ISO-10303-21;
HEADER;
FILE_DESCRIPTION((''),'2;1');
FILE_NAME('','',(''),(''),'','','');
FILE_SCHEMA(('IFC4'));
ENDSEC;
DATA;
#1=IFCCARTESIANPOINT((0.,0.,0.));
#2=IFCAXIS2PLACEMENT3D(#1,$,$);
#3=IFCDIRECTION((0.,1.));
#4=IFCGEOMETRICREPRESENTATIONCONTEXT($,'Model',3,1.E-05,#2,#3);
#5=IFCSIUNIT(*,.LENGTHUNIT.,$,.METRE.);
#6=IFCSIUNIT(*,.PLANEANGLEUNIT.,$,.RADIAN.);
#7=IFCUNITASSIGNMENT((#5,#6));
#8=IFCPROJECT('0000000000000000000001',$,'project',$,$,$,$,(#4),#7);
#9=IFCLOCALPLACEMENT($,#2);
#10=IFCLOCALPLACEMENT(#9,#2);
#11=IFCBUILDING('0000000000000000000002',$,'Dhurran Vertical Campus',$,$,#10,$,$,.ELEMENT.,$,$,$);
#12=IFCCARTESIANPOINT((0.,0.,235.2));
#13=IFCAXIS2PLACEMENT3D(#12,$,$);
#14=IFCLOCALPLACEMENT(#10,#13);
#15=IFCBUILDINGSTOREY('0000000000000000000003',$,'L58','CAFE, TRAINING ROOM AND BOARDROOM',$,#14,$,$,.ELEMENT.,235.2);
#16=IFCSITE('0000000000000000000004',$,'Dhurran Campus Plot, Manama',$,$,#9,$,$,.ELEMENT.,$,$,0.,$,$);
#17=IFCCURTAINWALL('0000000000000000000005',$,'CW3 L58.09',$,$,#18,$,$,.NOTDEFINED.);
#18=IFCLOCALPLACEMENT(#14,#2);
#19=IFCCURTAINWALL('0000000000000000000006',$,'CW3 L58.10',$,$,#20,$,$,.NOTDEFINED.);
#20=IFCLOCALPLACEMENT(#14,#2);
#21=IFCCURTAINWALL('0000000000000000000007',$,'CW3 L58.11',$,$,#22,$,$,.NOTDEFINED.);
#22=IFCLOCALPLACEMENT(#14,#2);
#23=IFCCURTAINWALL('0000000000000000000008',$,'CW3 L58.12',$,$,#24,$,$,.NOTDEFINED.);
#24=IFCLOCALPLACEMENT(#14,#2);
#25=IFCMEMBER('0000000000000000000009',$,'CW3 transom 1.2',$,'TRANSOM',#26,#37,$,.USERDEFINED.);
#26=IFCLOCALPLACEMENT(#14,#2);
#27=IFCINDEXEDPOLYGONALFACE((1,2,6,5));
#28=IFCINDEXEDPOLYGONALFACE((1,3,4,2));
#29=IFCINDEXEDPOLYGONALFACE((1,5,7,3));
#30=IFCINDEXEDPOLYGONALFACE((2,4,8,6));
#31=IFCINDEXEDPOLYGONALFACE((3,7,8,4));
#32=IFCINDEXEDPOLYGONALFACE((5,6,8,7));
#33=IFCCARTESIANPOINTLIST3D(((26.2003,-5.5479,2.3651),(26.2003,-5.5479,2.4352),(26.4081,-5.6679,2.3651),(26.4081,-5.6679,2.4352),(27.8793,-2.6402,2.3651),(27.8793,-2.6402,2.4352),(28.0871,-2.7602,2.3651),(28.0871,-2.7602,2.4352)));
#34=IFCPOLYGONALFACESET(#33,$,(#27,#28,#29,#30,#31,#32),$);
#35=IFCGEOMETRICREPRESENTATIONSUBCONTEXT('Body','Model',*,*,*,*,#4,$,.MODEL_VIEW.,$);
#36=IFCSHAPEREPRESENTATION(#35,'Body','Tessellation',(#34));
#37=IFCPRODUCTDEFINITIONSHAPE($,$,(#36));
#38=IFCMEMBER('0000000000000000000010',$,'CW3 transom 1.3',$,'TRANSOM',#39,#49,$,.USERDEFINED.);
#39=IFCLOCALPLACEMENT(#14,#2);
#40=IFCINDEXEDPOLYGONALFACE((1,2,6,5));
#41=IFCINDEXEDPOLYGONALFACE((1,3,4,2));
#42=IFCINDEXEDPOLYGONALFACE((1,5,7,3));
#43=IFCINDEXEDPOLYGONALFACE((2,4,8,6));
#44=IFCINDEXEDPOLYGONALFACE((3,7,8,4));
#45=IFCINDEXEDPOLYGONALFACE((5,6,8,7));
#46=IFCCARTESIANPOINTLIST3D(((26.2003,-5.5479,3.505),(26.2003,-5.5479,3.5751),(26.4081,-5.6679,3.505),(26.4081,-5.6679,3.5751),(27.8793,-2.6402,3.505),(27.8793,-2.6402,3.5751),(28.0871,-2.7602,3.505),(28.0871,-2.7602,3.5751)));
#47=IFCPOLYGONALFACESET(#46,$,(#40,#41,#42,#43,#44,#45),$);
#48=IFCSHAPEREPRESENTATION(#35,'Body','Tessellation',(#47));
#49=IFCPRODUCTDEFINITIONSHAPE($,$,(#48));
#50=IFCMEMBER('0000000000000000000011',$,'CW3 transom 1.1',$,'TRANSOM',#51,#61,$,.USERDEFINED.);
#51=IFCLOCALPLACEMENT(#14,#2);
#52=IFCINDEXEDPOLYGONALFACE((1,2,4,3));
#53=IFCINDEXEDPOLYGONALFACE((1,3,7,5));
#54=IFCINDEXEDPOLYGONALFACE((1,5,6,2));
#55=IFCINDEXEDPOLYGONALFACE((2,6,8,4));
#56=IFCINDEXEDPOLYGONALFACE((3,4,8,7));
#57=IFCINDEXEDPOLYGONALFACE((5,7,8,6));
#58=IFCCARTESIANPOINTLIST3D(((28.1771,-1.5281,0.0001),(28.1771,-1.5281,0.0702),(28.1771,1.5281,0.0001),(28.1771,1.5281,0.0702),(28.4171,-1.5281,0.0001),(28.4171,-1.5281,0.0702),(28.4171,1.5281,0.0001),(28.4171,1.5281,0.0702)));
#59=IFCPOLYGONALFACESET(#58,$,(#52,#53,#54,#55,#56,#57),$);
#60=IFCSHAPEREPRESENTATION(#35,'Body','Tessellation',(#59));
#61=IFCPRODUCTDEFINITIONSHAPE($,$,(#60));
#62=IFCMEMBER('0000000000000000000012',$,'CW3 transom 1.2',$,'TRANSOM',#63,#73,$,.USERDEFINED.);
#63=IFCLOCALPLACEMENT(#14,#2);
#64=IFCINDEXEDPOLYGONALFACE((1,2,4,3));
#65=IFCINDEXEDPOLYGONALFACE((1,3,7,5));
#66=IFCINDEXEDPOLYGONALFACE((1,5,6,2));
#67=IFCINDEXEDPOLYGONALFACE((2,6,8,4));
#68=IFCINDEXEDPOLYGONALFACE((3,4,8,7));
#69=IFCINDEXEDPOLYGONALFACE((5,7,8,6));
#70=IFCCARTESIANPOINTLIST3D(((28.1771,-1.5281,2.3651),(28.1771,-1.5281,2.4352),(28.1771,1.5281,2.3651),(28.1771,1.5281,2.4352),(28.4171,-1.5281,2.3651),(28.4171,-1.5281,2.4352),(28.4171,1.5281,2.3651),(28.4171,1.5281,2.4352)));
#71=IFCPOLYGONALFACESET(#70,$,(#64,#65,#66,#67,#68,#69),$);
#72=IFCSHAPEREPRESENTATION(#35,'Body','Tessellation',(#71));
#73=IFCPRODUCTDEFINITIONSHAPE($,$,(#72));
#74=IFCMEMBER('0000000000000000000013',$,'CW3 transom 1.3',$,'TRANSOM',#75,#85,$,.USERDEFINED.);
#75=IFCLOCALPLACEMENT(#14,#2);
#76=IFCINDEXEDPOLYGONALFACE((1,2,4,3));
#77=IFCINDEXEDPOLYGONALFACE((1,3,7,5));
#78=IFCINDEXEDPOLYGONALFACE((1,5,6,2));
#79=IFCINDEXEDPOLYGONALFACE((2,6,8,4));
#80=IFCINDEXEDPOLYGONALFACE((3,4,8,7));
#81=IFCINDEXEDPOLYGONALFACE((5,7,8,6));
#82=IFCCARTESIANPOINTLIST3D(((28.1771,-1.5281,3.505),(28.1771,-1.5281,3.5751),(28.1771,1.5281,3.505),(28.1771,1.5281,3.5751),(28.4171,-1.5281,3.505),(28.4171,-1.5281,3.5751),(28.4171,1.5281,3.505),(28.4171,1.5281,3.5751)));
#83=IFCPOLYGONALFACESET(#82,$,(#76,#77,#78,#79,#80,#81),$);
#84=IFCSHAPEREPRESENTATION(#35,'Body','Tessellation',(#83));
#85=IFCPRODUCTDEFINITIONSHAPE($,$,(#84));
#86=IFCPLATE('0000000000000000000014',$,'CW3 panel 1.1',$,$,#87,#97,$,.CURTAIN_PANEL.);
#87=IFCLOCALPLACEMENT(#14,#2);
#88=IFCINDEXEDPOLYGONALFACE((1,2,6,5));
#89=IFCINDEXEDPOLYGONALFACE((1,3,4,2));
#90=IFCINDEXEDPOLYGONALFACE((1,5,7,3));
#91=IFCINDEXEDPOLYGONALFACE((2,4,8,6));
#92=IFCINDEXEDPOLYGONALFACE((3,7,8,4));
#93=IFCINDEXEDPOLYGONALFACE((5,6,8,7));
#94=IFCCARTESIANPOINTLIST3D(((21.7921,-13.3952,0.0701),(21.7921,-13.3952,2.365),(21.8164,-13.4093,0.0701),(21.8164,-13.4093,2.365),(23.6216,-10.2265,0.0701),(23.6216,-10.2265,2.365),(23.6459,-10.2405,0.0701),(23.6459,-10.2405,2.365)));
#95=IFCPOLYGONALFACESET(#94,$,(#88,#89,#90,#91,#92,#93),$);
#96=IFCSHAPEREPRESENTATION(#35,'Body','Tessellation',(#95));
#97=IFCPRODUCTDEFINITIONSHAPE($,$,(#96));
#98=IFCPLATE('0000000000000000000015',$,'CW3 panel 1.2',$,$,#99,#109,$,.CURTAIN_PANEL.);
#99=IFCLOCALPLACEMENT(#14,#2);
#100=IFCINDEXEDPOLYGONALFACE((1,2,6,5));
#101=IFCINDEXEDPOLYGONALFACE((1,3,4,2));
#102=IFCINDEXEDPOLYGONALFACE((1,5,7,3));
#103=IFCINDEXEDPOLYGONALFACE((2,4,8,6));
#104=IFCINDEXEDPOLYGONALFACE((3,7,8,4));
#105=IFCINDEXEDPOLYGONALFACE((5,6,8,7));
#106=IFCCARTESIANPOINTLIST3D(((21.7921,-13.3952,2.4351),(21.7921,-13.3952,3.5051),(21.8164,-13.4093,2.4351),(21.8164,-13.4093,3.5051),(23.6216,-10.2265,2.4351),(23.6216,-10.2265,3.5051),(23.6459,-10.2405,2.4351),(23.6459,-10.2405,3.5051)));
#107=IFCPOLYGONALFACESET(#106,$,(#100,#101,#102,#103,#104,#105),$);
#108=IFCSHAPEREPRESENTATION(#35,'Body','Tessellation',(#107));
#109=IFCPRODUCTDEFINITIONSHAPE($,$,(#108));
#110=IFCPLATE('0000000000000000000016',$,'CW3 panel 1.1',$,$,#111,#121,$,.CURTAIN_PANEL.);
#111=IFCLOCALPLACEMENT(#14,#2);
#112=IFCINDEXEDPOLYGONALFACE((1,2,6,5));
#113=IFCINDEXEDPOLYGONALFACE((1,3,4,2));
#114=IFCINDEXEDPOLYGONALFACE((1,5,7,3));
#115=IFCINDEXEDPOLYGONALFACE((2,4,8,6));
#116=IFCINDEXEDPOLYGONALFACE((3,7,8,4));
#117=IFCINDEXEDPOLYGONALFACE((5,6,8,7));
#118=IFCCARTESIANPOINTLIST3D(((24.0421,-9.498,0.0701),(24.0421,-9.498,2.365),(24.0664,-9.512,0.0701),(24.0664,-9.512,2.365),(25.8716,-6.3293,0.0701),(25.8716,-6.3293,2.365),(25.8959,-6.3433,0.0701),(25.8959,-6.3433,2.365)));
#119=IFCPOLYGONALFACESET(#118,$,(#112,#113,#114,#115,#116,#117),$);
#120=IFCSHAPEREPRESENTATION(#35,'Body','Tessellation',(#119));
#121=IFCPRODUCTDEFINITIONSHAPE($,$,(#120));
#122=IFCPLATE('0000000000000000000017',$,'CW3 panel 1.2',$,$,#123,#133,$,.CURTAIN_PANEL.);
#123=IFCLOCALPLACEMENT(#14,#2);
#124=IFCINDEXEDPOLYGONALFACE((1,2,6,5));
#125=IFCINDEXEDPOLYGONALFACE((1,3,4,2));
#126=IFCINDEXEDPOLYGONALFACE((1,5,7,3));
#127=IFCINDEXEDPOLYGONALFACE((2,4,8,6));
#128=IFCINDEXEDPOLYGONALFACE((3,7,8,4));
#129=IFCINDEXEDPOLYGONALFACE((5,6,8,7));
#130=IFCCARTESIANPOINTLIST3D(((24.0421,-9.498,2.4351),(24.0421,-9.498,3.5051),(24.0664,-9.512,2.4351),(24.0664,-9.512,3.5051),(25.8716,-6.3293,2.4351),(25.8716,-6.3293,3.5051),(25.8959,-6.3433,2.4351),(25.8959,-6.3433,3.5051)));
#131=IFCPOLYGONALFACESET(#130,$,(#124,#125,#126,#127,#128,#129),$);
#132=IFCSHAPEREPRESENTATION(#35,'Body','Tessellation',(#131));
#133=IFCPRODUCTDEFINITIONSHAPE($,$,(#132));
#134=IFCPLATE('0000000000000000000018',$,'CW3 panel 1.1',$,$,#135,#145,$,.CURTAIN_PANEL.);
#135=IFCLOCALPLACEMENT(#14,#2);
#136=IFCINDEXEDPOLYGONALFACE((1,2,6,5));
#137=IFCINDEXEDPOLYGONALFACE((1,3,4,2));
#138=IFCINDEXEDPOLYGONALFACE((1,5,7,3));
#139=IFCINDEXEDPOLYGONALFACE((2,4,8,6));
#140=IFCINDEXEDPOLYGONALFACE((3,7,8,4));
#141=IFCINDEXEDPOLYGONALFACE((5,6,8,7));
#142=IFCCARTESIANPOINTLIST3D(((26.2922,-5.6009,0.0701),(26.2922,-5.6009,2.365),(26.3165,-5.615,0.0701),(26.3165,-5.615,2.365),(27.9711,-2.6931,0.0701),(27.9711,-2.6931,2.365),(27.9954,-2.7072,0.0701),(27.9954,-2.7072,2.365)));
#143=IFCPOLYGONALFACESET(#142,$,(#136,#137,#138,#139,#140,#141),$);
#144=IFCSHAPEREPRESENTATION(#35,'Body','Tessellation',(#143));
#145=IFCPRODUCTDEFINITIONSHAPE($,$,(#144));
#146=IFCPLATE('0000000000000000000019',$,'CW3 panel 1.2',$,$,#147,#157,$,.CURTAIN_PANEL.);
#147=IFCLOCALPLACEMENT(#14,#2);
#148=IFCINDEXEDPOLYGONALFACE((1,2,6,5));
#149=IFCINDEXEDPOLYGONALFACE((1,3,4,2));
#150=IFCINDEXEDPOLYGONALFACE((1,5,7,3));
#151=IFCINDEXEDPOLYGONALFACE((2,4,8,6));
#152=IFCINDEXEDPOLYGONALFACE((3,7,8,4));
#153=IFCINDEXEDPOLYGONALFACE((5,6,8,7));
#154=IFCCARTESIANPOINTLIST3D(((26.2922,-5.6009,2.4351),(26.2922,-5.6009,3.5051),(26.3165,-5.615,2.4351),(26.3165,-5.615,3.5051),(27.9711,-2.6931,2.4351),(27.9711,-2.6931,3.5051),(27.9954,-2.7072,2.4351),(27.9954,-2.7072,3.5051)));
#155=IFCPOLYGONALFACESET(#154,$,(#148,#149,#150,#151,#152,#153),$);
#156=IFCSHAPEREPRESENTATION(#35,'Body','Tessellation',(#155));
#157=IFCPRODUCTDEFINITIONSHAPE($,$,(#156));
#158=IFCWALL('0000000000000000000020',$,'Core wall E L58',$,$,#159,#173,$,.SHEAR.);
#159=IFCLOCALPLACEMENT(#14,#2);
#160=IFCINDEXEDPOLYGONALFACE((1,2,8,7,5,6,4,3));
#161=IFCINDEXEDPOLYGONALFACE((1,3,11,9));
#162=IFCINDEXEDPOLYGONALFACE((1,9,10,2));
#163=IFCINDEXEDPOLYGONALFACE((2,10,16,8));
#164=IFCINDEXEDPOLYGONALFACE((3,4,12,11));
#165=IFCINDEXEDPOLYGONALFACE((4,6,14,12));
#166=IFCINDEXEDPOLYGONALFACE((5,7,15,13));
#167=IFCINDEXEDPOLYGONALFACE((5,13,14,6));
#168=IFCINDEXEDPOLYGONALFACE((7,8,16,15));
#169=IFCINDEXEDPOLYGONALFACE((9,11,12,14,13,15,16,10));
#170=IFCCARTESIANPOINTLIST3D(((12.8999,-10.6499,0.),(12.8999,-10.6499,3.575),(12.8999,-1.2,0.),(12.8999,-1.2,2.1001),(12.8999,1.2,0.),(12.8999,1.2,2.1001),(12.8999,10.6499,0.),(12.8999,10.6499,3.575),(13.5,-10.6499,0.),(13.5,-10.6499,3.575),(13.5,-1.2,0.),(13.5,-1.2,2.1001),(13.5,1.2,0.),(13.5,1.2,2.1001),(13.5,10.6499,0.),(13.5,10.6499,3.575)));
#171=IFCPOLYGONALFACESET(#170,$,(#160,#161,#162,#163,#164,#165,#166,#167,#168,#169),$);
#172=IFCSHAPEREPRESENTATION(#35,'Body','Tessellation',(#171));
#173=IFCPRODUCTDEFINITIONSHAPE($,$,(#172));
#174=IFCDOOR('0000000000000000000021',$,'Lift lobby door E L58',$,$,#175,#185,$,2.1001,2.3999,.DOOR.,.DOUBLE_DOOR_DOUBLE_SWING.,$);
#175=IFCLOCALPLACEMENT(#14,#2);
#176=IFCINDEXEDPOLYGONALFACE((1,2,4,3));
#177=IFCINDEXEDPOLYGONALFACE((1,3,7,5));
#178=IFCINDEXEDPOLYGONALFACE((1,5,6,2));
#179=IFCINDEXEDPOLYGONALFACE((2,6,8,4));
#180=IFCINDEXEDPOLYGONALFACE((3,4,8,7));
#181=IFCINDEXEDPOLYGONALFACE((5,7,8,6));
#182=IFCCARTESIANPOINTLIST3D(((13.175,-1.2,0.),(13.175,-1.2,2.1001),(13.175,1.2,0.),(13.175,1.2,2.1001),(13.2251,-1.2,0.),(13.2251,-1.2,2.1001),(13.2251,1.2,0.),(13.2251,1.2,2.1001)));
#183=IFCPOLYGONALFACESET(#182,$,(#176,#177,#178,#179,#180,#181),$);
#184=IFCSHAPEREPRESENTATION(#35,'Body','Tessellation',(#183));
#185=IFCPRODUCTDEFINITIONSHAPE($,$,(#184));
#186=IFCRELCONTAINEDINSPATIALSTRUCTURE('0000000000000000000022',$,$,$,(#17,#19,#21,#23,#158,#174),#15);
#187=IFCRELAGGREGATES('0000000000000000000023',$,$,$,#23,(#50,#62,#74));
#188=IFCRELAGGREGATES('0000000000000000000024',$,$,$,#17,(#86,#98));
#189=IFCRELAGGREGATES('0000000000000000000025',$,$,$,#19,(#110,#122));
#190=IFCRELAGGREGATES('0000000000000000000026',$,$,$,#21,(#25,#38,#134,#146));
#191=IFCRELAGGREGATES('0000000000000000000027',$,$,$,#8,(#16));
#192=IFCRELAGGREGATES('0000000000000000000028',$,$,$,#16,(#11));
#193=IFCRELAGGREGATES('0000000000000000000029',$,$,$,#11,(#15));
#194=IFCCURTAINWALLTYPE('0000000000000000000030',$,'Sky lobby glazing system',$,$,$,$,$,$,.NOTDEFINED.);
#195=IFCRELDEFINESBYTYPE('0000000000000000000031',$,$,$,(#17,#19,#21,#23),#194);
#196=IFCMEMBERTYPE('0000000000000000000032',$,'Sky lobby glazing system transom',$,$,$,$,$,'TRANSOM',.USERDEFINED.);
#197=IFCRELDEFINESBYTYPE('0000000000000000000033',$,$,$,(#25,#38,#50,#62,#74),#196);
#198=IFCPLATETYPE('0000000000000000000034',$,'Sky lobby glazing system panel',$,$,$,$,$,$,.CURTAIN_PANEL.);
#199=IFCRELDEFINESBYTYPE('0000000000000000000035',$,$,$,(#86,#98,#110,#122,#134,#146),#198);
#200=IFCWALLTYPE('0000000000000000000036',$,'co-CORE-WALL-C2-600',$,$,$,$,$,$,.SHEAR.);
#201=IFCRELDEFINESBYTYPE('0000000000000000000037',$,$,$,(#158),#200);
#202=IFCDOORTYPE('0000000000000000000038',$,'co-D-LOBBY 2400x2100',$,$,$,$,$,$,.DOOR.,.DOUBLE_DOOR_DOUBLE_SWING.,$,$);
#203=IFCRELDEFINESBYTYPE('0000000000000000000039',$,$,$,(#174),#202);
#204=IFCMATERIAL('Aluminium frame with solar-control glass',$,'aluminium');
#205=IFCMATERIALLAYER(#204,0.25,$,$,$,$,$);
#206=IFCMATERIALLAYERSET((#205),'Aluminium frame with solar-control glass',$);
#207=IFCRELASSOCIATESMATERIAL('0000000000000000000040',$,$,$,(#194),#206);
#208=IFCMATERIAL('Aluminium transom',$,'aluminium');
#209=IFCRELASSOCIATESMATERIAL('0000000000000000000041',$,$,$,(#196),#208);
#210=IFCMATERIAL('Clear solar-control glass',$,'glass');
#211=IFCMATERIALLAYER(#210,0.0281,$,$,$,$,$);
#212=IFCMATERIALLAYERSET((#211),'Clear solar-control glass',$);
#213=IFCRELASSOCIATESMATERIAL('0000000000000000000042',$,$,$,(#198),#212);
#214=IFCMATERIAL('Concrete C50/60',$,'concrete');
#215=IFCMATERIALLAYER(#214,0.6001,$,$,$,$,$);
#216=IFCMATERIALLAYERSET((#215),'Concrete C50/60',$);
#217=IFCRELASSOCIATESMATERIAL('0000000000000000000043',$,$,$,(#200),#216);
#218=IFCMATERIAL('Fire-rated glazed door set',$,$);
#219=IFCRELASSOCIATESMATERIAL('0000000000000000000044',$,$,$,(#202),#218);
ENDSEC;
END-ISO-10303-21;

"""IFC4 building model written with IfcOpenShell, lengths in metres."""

from ifc_helpers import new_model, si_unit, direction, frame, frame_2d, origin, origin_2d, place, context, subcontext, project, spatial, rectangle, extrude, material, layer, layer_set, material_profile, profile_set, type_object, element, fill, aggregate, save


model = new_model("IFC4")

# Units and contexts
model_context = context("Model", 3, precision=1e-05, world=origin(), true_north=direction((0.0, 1.0)))
body_context = subcontext(model_context, "Body", "Model", "MODEL_VIEW")
ifc_project = project(units=[si_unit("LENGTHUNIT", "METRE"), si_unit("PLANEANGLEUNIT", "RADIAN")], contexts=[model_context])

# Site, building, storey
site_placement = place(None, origin())
site = spatial("IfcSite", under=ifc_project, at=site_placement, Name="Dhurran Campus Plot, Manama", CompositionType="ELEMENT", RefElevation=0.0)
building_placement = place(site_placement, origin())
building = spatial("IfcBuilding", under=site, at=building_placement, Name="Dhurran Vertical Campus", CompositionType="ELEMENT")
storey_placement = place(building_placement, frame((0.0, 0.0, 235.2)))
storey = spatial("IfcBuildingStorey", under=building, at=storey_placement, Name="L58", Description="CAFE, TRAINING ROOM AND BOARDROOM", CompositionType="ELEMENT", Elevation=235.2)

# Curtain wall
ifc_material_1 = material(Name="Aluminium frame with solar-control glass", Category="aluminium")
ifc_layer_1 = layer(ifc_material_1, 0.25)
ifc_layer_set_1 = layer_set([ifc_layer_1], Name="Aluminium frame with solar-control glass")
curtain_wall_type = type_object("IfcCurtainWallType", Name="Sky lobby glazing system", PredefinedType="NOTDEFINED", material=ifc_layer_set_1)
curtain_wall_1_placement = place(storey_placement, origin())
curtain_wall_1 = element("IfcCurtainWall", 1, at=curtain_wall_1_placement, inside=storey, type_object=curtain_wall_type, Name="CW3 L58.09", PredefinedType="NOTDEFINED")

# Curtain walls
curtain_wall_2_placement = place(storey_placement, origin())
curtain_wall_2 = element("IfcCurtainWall", 2, at=curtain_wall_2_placement, inside=storey, type_object=curtain_wall_type, Name="CW3 L58.10", PredefinedType="NOTDEFINED")
curtain_wall_3_placement = place(storey_placement, origin())
curtain_wall_3 = element("IfcCurtainWall", 3, at=curtain_wall_3_placement, inside=storey, type_object=curtain_wall_type, Name="CW3 L58.11", PredefinedType="NOTDEFINED")

# Curtain wall
curtain_wall_4_placement = place(storey_placement, origin())
curtain_wall_4 = element("IfcCurtainWall", 4, at=curtain_wall_4_placement, inside=storey, type_object=curtain_wall_type, Name="CW3 L58.12", PredefinedType="NOTDEFINED")

# Members
ifc_material_2 = material(Name="Aluminium transom", Category="aluminium")
ifc_material_profile_1 = material_profile(ifc_material_2, rectangle(XDim=0.24, YDim=0.0701, at=origin_2d()), Name="Sky lobby glazing system transom")
ifc_profile_set_1 = profile_set([ifc_material_profile_1], Name="Aluminium transom")
member_type_1 = type_object("IfcMemberType", Name="Sky lobby glazing system transom", ElementType="TRANSOM", PredefinedType="USERDEFINED", material=ifc_profile_set_1)
member_1_placement = place(storey_placement, frame((26.3042, -5.6079, 2.4001), z_axis=(0.500041, 0.866002, 0.0), x_axis=(-0.866002, 0.500041, 0.0)))
member_1 = element("IfcMember", 5, at=member_1_placement, type_object=member_type_1, Name="CW3 transom 1.2", ObjectType="TRANSOM", PredefinedType="USERDEFINED", context=body_context, shape_type="SweptSolid", body=[
    extrude(rectangle(XDim=0.24, YDim=0.0701, at=origin_2d()), origin(), (0.0, 0.0, 1.0), 3.3577),
])
member_2_placement = place(storey_placement, frame((26.3042, -5.6079, 3.54), z_axis=(0.500041, 0.866002, 0.0), x_axis=(-0.866002, 0.500041, 0.0)))
member_2 = element("IfcMember", 6, at=member_2_placement, type_object=member_type_1, Name="CW3 transom 1.3", ObjectType="TRANSOM", PredefinedType="USERDEFINED", context=body_context, shape_type="SweptSolid", body=[
    extrude(rectangle(XDim=0.24, YDim=0.0701, at=origin_2d()), origin(), (0.0, 0.0, 1.0), 3.3577),
])
member_3_placement = place(storey_placement, frame((28.2971, -1.5281, 0.0352), z_axis=(0.0, 1.0, 0.0), x_axis=(-1.0, 0.0, 0.0)))
member_3 = element("IfcMember", 7, at=member_3_placement, type_object=member_type_1, Name="CW3 transom 1.1", ObjectType="TRANSOM", PredefinedType="USERDEFINED", context=body_context, shape_type="SweptSolid", body=[
    extrude(rectangle(XDim=0.24, YDim=0.0701, at=origin_2d()), origin(), (0.0, 0.0, 1.0), 3.0562),
])
member_4_placement = place(storey_placement, frame((28.2971, -1.5281, 2.4001), z_axis=(0.0, 1.0, 0.0), x_axis=(-1.0, 0.0, 0.0)))
member_4 = element("IfcMember", 8, at=member_4_placement, type_object=member_type_1, Name="CW3 transom 1.2", ObjectType="TRANSOM", PredefinedType="USERDEFINED", context=body_context, shape_type="SweptSolid", body=[
    extrude(rectangle(XDim=0.24, YDim=0.0701, at=origin_2d()), origin(), (0.0, 0.0, 1.0), 3.0562),
])
member_5_placement = place(storey_placement, frame((28.2971, -1.5281, 3.54), z_axis=(0.0, 1.0, 0.0), x_axis=(-1.0, 0.0, 0.0)))
member_5 = element("IfcMember", 9, at=member_5_placement, type_object=member_type_1, Name="CW3 transom 1.3", ObjectType="TRANSOM", PredefinedType="USERDEFINED", context=body_context, shape_type="SweptSolid", body=[
    extrude(rectangle(XDim=0.24, YDim=0.0701, at=origin_2d()), origin(), (0.0, 0.0, 1.0), 3.0562),
])
aggregate(curtain_wall_4, [member_3, member_4, member_5])

# Plates
ifc_material_3 = material(Name="Clear solar-control glass", Category="glass")
ifc_layer_2 = layer(ifc_material_3, 0.0281)
ifc_layer_set_2 = layer_set([ifc_layer_2], Name="Clear solar-control glass")
plate_type = type_object("IfcPlateType", Name="Sky lobby glazing system panel", PredefinedType="CURTAIN_PANEL", material=ifc_layer_set_2)
plate_1_placement = place(storey_placement, frame((22.719, -11.8179, 0.0701), z_axis=(0.0, 0.0, 1.0), x_axis=(0.500003, 0.866023, 0.0)))
plate_1 = element("IfcPlate", 10, at=plate_1_placement, type_object=plate_type, Name="CW3 panel 1.1", PredefinedType="CURTAIN_PANEL", context=body_context, shape_type="SweptSolid", body=[
    extrude(rectangle(XDim=3.6589, YDim=0.0281, at=origin_2d()), origin(), (0.0, 0.0, 1.0), 2.2949),
])
plate_2_placement = place(storey_placement, frame((22.719, -11.8179, 2.4351), z_axis=(0.0, 0.0, 1.0), x_axis=(0.500003, 0.866023, 0.0)))
plate_2 = element("IfcPlate", 11, at=plate_2_placement, type_object=plate_type, Name="CW3 panel 1.2", PredefinedType="CURTAIN_PANEL", context=body_context, shape_type="SweptSolid", body=[
    extrude(rectangle(XDim=3.6589, YDim=0.0281, at=origin_2d()), origin(), (0.0, 0.0, 1.0), 1.0701),
])
aggregate(curtain_wall_1, [plate_1, plate_2])
plate_3_placement = place(storey_placement, frame((24.969, -7.9207, 0.0701), z_axis=(0.0, 0.0, 1.0), x_axis=(0.500003, 0.866023, 0.0)))
plate_3 = element("IfcPlate", 12, at=plate_3_placement, type_object=plate_type, Name="CW3 panel 1.1", PredefinedType="CURTAIN_PANEL", context=body_context, shape_type="SweptSolid", body=[
    extrude(rectangle(XDim=3.6589, YDim=0.0281, at=origin_2d()), origin(), (0.0, 0.0, 1.0), 2.2949),
])
plate_4_placement = place(storey_placement, frame((24.969, -7.9207, 2.4351), z_axis=(0.0, 0.0, 1.0), x_axis=(0.500003, 0.866023, 0.0)))
plate_4 = element("IfcPlate", 13, at=plate_4_placement, type_object=plate_type, Name="CW3 panel 1.2", PredefinedType="CURTAIN_PANEL", context=body_context, shape_type="SweptSolid", body=[
    extrude(rectangle(XDim=3.6589, YDim=0.0281, at=origin_2d()), origin(), (0.0, 0.0, 1.0), 1.0701),
])
aggregate(curtain_wall_2, [plate_3, plate_4])
plate_5_placement = place(storey_placement, frame((27.1438, -4.1541, 0.0701), z_axis=(0.0, 0.0, 1.0), x_axis=(0.500001, 0.866025, 0.0)))
plate_5 = element("IfcPlate", 14, at=plate_5_placement, type_object=plate_type, Name="CW3 panel 1.1", PredefinedType="CURTAIN_PANEL", context=body_context, shape_type="SweptSolid", body=[
    extrude(rectangle(XDim=3.3577, YDim=0.0281, at=origin_2d()), origin(), (0.0, 0.0, 1.0), 2.2949),
])
plate_6_placement = place(storey_placement, frame((27.1438, -4.1541, 2.4351), z_axis=(0.0, 0.0, 1.0), x_axis=(0.500001, 0.866025, 0.0)))
plate_6 = element("IfcPlate", 15, at=plate_6_placement, type_object=plate_type, Name="CW3 panel 1.2", PredefinedType="CURTAIN_PANEL", context=body_context, shape_type="SweptSolid", body=[
    extrude(rectangle(XDim=3.3577, YDim=0.0281, at=origin_2d()), origin(), (0.0, 0.0, 1.0), 1.0701),
])
aggregate(curtain_wall_3, [member_1, member_2, plate_5, plate_6])

# Wall, opening, door
ifc_material_4 = material(Name="Concrete C50/60", Category="concrete")
ifc_layer_3 = layer(ifc_material_4, 0.6001)
ifc_layer_set_3 = layer_set([ifc_layer_3], Name="Concrete C50/60")
wall_type_1 = type_object("IfcWallType", Name="co-CORE-WALL-C2-600", PredefinedType="SHEAR", material=ifc_layer_set_3)
wall_1_placement = place(storey_placement, frame((13.2, -10.6499, 0.0), z_axis=(0.0, 0.0, 1.0), x_axis=(0.0, 1.0, 0.0)))
wall_1 = element("IfcWall", 16, at=wall_1_placement, inside=storey, type_object=wall_type_1, Name="Core wall E L58", PredefinedType="SHEAR", context=body_context, shape_type="SweptSolid", body=[
    extrude(rectangle(XDim=21.2998, YDim=0.6001, at=frame_2d((10.6499, 0.0))), origin(), (0.0, 0.0, 1.0), 3.575),
])
opening_placement = place(wall_1_placement, frame((9.45, 0.0, 0.0)))
opening = element("IfcOpeningElement", 17, at=opening_placement, cuts=wall_1, PredefinedType="OPENING", context=body_context, shape_type="SweptSolid", body=[
    extrude(rectangle(XDim=2.3999, YDim=2.1001, at=frame_2d((1.2, 1.05))), frame((0.0, 0.3101, 0.0), z_axis=(0.0, -1.0, 0.0), x_axis=(1.0, 0.0, 0.0)), (0.0, 0.0, 1.0), 0.6201),
])
ifc_material_5 = material(Name="Fire-rated glazed door set")
door_type = type_object("IfcDoorType", Name="co-D-LOBBY 2400x2100", OperationType="DOUBLE_DOOR_DOUBLE_SWING", PredefinedType="DOOR", material=ifc_material_5)
door_placement = place(opening_placement, origin())
door = element("IfcDoor", 18, at=door_placement, inside=storey, type_object=door_type, Name="Lift lobby door E L58", OperationType="DOUBLE_DOOR_DOUBLE_SWING", OverallHeight=2.1001, OverallWidth=2.3999, PredefinedType="DOOR", context=body_context, shape_type="SweptSolid", body=[
    extrude(rectangle(XDim=2.3999, YDim=2.1001, at=frame_2d((1.2, 1.05))), frame((0.0, 0.0249, 0.0), z_axis=(0.0, -1.0, 0.0), x_axis=(1.0, 0.0, 0.0)), (0.0, 0.0, 1.0), 0.05),
])
fill(opening, door)

save(model, "model.ifc")
